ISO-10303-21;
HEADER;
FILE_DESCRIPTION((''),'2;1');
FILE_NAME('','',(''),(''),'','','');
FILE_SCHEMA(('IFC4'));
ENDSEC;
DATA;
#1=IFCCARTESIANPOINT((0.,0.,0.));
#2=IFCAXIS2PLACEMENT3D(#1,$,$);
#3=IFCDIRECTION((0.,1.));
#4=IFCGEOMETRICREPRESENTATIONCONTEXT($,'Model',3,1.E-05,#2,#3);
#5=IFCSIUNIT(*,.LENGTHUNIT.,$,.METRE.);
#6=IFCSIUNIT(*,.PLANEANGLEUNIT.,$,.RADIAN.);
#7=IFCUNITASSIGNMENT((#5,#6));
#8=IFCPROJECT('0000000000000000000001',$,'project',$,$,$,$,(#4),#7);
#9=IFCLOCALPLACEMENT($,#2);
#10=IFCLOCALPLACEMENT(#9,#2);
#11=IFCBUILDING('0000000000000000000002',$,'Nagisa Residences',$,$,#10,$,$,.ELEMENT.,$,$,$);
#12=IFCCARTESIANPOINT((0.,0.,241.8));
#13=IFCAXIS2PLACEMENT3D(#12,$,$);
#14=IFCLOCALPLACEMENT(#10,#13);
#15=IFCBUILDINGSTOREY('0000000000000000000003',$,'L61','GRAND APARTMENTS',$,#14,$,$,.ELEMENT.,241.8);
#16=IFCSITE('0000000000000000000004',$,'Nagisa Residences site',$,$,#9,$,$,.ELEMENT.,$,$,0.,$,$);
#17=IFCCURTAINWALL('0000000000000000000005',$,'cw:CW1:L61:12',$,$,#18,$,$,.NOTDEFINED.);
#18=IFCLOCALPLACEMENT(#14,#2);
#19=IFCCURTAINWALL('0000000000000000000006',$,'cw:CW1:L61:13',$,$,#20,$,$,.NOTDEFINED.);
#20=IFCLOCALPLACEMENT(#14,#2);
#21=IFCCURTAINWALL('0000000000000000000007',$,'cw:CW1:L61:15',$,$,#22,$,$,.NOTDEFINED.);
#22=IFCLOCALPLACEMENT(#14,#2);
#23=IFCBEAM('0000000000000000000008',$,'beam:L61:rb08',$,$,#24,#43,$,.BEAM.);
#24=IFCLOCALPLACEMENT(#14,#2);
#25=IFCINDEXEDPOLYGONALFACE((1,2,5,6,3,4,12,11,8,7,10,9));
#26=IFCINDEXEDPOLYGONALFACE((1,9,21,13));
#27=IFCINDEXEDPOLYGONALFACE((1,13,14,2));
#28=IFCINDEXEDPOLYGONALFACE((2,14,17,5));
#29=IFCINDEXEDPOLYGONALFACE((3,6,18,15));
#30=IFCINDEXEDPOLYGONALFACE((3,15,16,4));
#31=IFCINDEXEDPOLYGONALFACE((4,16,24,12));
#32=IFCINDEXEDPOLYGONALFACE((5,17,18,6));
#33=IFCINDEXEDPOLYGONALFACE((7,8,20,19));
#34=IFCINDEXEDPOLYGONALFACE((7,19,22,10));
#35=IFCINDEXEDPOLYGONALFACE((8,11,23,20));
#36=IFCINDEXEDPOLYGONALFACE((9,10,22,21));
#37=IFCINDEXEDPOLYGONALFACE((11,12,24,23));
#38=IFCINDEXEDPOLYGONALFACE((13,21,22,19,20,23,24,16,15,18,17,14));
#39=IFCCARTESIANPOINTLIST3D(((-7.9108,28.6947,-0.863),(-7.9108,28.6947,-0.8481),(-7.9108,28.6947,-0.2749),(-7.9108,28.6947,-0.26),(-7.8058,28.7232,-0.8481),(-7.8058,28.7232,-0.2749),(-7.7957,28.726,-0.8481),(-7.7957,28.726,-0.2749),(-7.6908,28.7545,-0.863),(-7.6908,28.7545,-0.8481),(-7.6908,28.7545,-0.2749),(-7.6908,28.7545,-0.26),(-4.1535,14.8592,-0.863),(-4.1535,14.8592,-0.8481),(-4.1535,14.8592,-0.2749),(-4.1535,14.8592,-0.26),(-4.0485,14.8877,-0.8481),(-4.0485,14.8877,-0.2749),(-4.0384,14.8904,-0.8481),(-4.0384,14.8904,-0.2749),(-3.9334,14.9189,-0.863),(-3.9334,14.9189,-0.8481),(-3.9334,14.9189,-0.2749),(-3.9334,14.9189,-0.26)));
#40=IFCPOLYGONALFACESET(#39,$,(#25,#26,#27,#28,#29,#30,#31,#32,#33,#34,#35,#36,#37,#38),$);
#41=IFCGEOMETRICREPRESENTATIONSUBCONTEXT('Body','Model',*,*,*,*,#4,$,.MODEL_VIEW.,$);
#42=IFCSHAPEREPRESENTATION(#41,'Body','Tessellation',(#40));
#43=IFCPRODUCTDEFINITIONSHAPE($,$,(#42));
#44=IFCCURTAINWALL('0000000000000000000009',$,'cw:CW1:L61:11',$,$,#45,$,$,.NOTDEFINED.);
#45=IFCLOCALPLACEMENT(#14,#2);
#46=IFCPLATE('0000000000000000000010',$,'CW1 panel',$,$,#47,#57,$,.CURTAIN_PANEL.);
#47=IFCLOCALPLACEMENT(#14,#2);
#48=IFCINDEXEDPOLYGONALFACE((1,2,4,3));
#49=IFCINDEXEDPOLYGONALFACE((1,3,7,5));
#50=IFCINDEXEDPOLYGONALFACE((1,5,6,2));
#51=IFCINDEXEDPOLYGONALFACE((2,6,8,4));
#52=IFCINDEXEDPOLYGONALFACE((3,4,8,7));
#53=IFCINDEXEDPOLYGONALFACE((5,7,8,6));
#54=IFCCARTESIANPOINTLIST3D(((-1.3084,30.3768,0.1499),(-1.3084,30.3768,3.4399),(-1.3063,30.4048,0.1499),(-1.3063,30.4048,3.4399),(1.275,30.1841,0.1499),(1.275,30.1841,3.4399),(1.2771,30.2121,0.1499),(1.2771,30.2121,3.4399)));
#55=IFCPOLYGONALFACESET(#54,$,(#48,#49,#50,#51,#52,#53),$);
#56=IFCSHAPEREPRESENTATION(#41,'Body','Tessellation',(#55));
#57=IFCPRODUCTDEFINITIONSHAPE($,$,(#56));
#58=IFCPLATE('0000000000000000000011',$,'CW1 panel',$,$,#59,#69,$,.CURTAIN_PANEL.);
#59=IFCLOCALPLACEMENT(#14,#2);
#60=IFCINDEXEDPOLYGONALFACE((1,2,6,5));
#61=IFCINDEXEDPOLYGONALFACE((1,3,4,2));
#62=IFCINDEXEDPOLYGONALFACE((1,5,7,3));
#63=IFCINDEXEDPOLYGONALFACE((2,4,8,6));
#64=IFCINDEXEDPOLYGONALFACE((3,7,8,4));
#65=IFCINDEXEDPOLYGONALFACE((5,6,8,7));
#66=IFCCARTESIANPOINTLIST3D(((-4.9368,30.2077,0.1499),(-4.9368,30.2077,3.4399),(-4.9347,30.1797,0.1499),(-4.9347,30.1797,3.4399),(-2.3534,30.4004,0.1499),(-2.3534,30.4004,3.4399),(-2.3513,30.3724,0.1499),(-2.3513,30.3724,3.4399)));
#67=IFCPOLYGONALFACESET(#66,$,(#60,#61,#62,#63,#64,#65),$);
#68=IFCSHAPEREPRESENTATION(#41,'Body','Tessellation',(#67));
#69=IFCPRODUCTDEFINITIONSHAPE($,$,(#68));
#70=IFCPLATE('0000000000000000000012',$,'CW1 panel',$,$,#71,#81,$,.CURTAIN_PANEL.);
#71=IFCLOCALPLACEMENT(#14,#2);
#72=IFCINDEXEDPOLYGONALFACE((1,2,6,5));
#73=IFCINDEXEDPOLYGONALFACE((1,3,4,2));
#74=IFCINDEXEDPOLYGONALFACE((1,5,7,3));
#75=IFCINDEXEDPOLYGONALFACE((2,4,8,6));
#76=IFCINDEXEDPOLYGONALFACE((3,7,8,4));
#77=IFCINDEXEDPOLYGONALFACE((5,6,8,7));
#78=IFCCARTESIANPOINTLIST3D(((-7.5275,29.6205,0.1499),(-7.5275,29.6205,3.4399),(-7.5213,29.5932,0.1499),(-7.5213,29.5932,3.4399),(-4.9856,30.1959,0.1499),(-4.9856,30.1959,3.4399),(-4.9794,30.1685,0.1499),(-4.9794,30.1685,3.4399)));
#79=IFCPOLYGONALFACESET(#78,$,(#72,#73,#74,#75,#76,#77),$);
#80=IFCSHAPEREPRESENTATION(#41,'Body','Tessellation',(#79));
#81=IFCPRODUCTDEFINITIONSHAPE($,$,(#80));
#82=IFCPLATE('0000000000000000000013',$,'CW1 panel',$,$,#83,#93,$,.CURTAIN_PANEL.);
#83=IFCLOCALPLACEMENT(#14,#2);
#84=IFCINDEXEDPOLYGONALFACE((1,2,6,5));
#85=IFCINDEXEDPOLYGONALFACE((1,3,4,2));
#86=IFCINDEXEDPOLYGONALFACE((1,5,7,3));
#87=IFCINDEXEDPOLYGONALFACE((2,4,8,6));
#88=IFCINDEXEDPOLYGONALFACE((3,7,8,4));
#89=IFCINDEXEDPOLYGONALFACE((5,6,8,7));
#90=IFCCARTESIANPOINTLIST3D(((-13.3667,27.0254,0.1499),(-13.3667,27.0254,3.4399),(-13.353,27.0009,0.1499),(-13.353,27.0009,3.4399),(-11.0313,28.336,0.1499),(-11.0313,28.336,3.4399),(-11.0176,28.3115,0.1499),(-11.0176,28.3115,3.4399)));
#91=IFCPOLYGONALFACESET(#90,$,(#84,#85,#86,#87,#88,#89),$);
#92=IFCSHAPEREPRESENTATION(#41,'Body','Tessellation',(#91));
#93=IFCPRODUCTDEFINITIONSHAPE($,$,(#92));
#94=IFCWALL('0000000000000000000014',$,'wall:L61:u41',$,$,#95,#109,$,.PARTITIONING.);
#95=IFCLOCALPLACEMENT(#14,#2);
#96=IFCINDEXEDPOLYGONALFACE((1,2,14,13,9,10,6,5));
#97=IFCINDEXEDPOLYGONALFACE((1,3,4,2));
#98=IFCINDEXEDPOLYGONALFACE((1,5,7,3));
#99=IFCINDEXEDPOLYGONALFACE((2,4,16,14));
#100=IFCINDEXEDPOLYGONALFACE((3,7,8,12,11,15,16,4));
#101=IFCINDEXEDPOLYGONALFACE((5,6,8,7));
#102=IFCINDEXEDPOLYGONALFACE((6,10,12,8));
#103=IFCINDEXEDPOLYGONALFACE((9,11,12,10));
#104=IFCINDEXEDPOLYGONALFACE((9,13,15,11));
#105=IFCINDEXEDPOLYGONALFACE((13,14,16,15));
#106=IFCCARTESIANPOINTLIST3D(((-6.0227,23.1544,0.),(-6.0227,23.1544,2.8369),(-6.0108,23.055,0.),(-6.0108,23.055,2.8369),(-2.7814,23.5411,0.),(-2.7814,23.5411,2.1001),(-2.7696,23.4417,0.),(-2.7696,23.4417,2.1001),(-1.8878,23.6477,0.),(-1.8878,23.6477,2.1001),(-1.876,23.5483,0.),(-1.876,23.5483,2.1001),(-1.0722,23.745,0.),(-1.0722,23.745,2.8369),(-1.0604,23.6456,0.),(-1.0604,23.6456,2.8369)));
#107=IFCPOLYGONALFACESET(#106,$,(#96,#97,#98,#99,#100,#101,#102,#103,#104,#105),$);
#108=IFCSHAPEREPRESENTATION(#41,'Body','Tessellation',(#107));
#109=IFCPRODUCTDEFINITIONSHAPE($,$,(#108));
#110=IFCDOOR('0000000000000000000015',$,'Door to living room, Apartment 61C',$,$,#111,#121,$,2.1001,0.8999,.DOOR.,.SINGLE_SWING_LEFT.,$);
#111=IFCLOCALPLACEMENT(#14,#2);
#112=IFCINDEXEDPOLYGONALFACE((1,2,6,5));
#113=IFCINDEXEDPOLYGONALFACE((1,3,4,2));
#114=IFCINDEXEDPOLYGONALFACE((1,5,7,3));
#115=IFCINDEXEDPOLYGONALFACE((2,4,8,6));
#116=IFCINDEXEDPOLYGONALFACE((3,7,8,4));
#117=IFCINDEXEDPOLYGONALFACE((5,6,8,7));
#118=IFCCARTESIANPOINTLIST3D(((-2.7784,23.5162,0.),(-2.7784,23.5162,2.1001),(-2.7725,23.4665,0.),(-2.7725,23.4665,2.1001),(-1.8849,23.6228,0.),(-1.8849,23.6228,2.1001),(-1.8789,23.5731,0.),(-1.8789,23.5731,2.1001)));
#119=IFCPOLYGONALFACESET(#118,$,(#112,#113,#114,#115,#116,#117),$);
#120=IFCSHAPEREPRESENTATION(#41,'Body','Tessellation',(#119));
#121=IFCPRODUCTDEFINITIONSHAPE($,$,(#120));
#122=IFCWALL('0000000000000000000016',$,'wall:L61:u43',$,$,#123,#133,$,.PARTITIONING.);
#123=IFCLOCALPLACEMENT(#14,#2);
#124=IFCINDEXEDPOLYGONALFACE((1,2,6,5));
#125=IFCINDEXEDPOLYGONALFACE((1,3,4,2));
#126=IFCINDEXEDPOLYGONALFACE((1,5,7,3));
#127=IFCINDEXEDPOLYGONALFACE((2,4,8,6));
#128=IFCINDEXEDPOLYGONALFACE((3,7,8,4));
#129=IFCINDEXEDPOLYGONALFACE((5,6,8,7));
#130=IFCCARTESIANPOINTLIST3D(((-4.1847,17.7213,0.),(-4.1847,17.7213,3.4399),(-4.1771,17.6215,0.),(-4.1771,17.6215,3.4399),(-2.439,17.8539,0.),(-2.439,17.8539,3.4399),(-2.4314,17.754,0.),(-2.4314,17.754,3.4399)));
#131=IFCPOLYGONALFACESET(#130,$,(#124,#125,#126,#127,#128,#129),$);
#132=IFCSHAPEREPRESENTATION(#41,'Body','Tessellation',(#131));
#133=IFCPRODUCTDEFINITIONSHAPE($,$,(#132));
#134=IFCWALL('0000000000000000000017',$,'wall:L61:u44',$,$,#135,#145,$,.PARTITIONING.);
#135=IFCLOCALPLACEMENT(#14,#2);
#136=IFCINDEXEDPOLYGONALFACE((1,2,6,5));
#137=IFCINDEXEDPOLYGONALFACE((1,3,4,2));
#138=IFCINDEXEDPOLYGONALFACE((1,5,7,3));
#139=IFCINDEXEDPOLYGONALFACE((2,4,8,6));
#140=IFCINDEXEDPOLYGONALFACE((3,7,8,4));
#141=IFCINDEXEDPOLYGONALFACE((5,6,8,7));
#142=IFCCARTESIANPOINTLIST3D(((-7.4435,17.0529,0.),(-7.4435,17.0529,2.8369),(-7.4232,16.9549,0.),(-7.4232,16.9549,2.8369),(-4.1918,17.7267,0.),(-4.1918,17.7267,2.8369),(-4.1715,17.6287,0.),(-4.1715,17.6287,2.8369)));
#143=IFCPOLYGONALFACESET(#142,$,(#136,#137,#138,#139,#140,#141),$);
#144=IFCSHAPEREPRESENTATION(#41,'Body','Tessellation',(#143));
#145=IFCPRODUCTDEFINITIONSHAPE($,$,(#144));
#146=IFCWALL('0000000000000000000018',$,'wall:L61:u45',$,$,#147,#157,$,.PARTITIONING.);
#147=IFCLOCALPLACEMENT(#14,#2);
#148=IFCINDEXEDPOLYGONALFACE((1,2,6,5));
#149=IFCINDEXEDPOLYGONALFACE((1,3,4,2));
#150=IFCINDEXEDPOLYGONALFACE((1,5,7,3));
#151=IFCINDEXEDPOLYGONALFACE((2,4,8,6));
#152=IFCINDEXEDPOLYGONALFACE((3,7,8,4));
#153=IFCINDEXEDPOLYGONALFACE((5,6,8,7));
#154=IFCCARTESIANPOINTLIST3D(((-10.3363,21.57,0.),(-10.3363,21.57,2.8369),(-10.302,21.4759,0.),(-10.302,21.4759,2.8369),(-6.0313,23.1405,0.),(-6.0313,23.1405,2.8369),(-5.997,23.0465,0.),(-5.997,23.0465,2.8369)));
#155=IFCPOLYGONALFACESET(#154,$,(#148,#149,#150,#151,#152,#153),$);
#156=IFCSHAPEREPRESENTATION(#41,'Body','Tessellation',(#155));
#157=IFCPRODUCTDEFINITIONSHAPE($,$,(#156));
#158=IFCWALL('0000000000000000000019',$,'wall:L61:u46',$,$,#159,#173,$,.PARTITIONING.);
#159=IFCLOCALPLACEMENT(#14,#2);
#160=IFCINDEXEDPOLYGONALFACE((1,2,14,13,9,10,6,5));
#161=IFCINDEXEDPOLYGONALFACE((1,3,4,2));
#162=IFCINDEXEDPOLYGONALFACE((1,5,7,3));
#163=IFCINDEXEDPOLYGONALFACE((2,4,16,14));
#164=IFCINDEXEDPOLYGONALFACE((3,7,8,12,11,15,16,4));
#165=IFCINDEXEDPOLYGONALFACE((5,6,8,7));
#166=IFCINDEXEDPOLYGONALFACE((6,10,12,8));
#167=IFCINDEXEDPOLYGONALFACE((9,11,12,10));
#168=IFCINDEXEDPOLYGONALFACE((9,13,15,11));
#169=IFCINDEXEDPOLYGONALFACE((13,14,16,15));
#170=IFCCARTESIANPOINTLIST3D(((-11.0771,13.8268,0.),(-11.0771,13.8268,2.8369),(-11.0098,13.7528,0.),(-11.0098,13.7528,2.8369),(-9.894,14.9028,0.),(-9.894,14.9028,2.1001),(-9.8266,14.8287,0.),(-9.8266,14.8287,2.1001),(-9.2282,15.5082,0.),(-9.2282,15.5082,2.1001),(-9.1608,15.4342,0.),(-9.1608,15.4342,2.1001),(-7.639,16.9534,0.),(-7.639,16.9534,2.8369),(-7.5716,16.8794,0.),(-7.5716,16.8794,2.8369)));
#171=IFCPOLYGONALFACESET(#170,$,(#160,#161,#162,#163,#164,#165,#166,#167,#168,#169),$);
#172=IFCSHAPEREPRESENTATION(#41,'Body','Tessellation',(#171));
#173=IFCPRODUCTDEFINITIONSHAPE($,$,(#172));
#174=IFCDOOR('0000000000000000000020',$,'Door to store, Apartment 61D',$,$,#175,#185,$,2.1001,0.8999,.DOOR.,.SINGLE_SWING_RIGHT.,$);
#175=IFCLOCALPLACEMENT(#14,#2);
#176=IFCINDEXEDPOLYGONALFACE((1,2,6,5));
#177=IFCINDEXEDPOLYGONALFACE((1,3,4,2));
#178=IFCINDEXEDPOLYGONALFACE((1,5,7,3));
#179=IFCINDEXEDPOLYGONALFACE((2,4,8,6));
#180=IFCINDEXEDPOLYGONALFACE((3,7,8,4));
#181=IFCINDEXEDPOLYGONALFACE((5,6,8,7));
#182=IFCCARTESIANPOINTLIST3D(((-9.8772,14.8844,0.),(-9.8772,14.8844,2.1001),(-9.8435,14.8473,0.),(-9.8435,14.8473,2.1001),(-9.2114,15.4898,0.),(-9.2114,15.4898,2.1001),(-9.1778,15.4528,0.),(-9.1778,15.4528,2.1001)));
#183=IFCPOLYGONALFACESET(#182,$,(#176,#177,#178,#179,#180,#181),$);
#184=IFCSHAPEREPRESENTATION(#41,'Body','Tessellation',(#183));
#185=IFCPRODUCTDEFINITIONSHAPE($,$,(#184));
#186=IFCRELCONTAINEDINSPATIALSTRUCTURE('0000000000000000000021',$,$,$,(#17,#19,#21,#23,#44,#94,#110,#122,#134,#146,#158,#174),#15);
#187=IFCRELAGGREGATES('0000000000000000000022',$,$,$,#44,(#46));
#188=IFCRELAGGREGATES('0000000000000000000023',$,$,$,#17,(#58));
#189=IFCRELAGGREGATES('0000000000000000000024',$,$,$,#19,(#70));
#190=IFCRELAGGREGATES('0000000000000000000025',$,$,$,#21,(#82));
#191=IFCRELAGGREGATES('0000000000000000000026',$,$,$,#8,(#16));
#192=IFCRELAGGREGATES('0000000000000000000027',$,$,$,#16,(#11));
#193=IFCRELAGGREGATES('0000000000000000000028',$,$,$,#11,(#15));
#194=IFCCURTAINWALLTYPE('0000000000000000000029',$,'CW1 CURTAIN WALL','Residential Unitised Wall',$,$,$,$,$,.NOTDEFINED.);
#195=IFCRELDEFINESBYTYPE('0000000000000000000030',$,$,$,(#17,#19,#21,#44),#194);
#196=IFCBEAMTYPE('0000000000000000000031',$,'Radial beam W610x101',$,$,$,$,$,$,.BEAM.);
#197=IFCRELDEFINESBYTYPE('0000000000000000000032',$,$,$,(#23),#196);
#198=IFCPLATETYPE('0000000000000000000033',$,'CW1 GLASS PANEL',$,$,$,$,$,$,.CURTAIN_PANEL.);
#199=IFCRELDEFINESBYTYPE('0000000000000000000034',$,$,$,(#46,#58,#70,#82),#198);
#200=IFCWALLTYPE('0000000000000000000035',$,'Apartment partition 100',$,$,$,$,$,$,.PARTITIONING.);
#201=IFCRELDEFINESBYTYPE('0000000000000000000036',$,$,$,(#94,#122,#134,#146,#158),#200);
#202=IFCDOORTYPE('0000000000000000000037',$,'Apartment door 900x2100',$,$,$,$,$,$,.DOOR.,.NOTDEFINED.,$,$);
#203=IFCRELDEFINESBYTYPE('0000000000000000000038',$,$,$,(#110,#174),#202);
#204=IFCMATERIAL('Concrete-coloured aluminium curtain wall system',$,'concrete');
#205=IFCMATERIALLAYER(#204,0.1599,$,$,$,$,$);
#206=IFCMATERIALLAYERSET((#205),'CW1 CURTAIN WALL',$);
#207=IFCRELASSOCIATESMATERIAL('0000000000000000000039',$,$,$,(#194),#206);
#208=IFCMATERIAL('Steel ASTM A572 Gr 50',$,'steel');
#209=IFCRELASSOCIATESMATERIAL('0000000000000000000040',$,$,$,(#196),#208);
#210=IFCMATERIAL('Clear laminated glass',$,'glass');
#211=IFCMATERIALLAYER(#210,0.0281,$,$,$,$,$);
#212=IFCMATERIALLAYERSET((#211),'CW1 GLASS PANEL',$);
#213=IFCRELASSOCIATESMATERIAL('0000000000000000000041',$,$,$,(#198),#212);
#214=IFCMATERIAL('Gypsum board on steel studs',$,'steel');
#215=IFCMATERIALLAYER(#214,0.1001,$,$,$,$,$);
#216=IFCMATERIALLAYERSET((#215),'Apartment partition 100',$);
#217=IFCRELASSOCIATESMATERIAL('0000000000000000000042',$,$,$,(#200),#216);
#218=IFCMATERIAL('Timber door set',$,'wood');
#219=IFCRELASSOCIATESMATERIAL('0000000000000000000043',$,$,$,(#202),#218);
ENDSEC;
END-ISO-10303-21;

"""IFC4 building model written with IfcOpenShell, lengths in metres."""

from ifc_helpers import new_model, si_unit, direction, frame, frame_2d, origin, origin_2d, place, context, subcontext, project, spatial, rectangle, i_section, extrude, material, layer, layer_set, material_profile, profile_set, type_object, element, fill, aggregate, save


model = new_model("IFC4")

# Units and contexts
model_context = context("Model", 3, precision=1e-05, world=origin(), true_north=direction((0.0, 1.0)))
body_context = subcontext(model_context, "Body", "Model", "MODEL_VIEW")
ifc_project = project(units=[si_unit("LENGTHUNIT", "METRE"), si_unit("PLANEANGLEUNIT", "RADIAN")], contexts=[model_context])

# Site, building, storey
site_placement = place(None, origin())
site = spatial("IfcSite", under=ifc_project, at=site_placement, Name="Nagisa Residences site", CompositionType="ELEMENT", RefElevation=0.0)
building_placement = place(site_placement, origin())
building = spatial("IfcBuilding", under=site, at=building_placement, Name="Nagisa Residences", CompositionType="ELEMENT")
storey_placement = place(building_placement, frame((0.0, 0.0, 241.8)))
storey = spatial("IfcBuildingStorey", under=building, at=storey_placement, Name="L61", Description="GRAND APARTMENTS", CompositionType="ELEMENT", Elevation=241.8)

# Curtain walls
ifc_material_1 = material(Name="Concrete-coloured aluminium curtain wall system", Category="concrete")
ifc_layer_1 = layer(ifc_material_1, 0.1599)
ifc_layer_set_1 = layer_set([ifc_layer_1], Name="CW1 CURTAIN WALL")
curtain_wall_type = type_object("IfcCurtainWallType", Name="CW1 CURTAIN WALL", Description="Residential Unitised Wall", PredefinedType="NOTDEFINED", material=ifc_layer_set_1)
curtain_wall_1_placement = place(storey_placement, origin())
curtain_wall_1 = element("IfcCurtainWall", 1, at=curtain_wall_1_placement, inside=storey, type_object=curtain_wall_type, Name="cw:CW1:L61:12", PredefinedType="NOTDEFINED")
curtain_wall_2_placement = place(storey_placement, origin())
curtain_wall_2 = element("IfcCurtainWall", 2, at=curtain_wall_2_placement, inside=storey, type_object=curtain_wall_type, Name="cw:CW1:L61:13", PredefinedType="NOTDEFINED")
curtain_wall_3_placement = place(storey_placement, origin())
curtain_wall_3 = element("IfcCurtainWall", 3, at=curtain_wall_3_placement, inside=storey, type_object=curtain_wall_type, Name="cw:CW1:L61:15", PredefinedType="NOTDEFINED")

# Beam
ifc_material_2 = material(Name="Steel ASTM A572 Gr 50", Category="steel")
ifc_material_profile_1 = material_profile(ifc_material_2, i_section(OverallWidth=0.228, OverallDepth=0.603, WebThickness=0.0105, FlangeThickness=0.0149, at=origin_2d()), Name="W610x101")
ifc_profile_set_1 = profile_set([ifc_material_profile_1], Name="Steel ASTM A572 Gr 50")
beam_type_1 = type_object("IfcBeamType", Name="Radial beam W610x101", PredefinedType="BEAM", material=ifc_profile_set_1)
beam_1_placement = place(storey_placement, frame((-7.8008, 28.7246, -0.5615), z_axis=(0.26208, -0.965046, 0.0), x_axis=(0.965046, 0.26208, 0.0)))
element("IfcBeam", 4, at=beam_1_placement, inside=storey, type_object=beam_type_1, Name="beam:L61:rb08", PredefinedType="BEAM", context=body_context, shape_type="SweptSolid", body=[
    extrude(i_section(OverallWidth=0.228, OverallDepth=0.603, WebThickness=0.0105, FlangeThickness=0.0149, at=origin_2d()), origin(), (0.0, 0.0, 1.0), 14.3367),
])

# Curtain wall, plate
curtain_wall_4_placement = place(storey_placement, origin())
curtain_wall_4 = element("IfcCurtainWall", 5, at=curtain_wall_4_placement, inside=storey, type_object=curtain_wall_type, Name="cw:CW1:L61:11", PredefinedType="NOTDEFINED")
ifc_material_3 = material(Name="Clear laminated glass", Category="glass")
ifc_layer_2 = layer(ifc_material_3, 0.0281)
ifc_layer_set_2 = layer_set([ifc_layer_2], Name="CW1 GLASS PANEL")
plate_type = type_object("IfcPlateType", Name="CW1 GLASS PANEL", PredefinedType="CURTAIN_PANEL", material=ifc_layer_set_2)
plate_1_placement = place(storey_placement, frame((-0.0156, 30.2944, 0.1499), z_axis=(0.0, 0.0, 1.0), x_axis=(-0.99723, 0.074377, 0.0)))
plate_1 = element("IfcPlate", 6, at=plate_1_placement, type_object=plate_type, Name="CW1 panel", PredefinedType="CURTAIN_PANEL", context=body_context, shape_type="SweptSolid", body=[
    extrude(rectangle(XDim=2.5906, YDim=0.0281, at=origin_2d()), origin(), (0.0, 0.0, 1.0), 3.29),
])
aggregate(curtain_wall_4, [plate_1])

# Plates
plate_2_placement = place(storey_placement, frame((-3.644, 30.29, 0.1499), z_axis=(0.0, 0.0, 1.0), x_axis=(-0.99723, -0.074377, 0.0)))
plate_2 = element("IfcPlate", 7, at=plate_2_placement, type_object=plate_type, Name="CW1 panel", PredefinedType="CURTAIN_PANEL", context=body_context, shape_type="SweptSolid", body=[
    extrude(rectangle(XDim=2.5906, YDim=0.0281, at=origin_2d()), origin(), (0.0, 0.0, 1.0), 3.29),
])
aggregate(curtain_wall_1, [plate_2])
plate_3_placement = place(storey_placement, frame((-6.2534, 29.8945, 0.1499), z_axis=(0.0, 0.0, 1.0), x_axis=(-0.975327, -0.220764, 0.0)))
plate_3 = element("IfcPlate", 8, at=plate_3_placement, type_object=plate_type, Name="CW1 panel", PredefinedType="CURTAIN_PANEL", context=body_context, shape_type="SweptSolid", body=[
    extrude(rectangle(XDim=2.6062, YDim=0.0281, at=origin_2d()), origin(), (0.0, 0.0, 1.0), 3.29),
])
aggregate(curtain_wall_2, [plate_3])
plate_4_placement = place(storey_placement, frame((-12.1921, 27.6685, 0.1499), z_axis=(0.0, 0.0, 1.0), x_axis=(-0.872072, -0.489377, 0.0)))
plate_4 = element("IfcPlate", 9, at=plate_4_placement, type_object=plate_type, Name="CW1 panel", PredefinedType="CURTAIN_PANEL", context=body_context, shape_type="SweptSolid", body=[
    extrude(rectangle(XDim=2.678, YDim=0.0281, at=origin_2d()), origin(), (0.0, 0.0, 1.0), 3.29),
])
aggregate(curtain_wall_3, [plate_4])

# Wall, opening, door
ifc_material_4 = material(Name="Gypsum board on steel studs", Category="steel")
ifc_layer_3 = layer(ifc_material_4, 0.1001)
ifc_layer_set_3 = layer_set([ifc_layer_3], Name="Apartment partition 100")
wall_type_1 = type_object("IfcWallType", Name="Apartment partition 100", PredefinedType="PARTITIONING", material=ifc_layer_set_3)
wall_1_placement = place(storey_placement, frame((-1.0664, 23.6953, 0.0), z_axis=(0.0, 0.0, 1.0), x_axis=(-0.992959, -0.118458, 0.0)))
wall_1 = element("IfcWall", 10, at=wall_1_placement, inside=storey, type_object=wall_type_1, Name="wall:L61:u41", PredefinedType="PARTITIONING", context=body_context, shape_type="SweptSolid", body=[
    extrude(rectangle(XDim=4.9856, YDim=0.1001, at=frame_2d((2.4927, 0.0))), origin(), (0.0, 0.0, 1.0), 2.8369),
])
opening_1_placement = place(wall_1_placement, frame((0.8213, 0.0, 0.0)))
opening_1 = element("IfcOpeningElement", 11, at=opening_1_placement, cuts=wall_1, PredefinedType="OPENING", context=body_context, shape_type="SweptSolid", body=[
    extrude(rectangle(XDim=0.8999, YDim=2.1001, at=frame_2d((0.45, 1.05))), frame((0.0, 0.0601, 0.0), z_axis=(0.0, -1.0, 0.0), x_axis=(1.0, 0.0, 0.0)), (0.0, 0.0, 1.0), 0.1201),
])
ifc_material_5 = material(Name="Timber door set", Category="wood")
door_type_1 = type_object("IfcDoorType", Name="Apartment door 900x2100", OperationType="NOTDEFINED", PredefinedType="DOOR", material=ifc_material_5)
door_1_placement = place(opening_1_placement, frame((0.8999, 0.0, 0.0), x_axis=(-1.0, 0.0, 0.0)))
door_1 = element("IfcDoor", 12, at=door_1_placement, inside=storey, type_object=door_type_1, Name="Door to living room, Apartment 61C", OperationType="SINGLE_SWING_LEFT", OverallHeight=2.1001, OverallWidth=0.8999, PredefinedType="DOOR", context=body_context, shape_type="SweptSolid", body=[
    extrude(rectangle(XDim=0.8999, YDim=2.1001, at=frame_2d((0.45, 1.05))), frame((0.0, 0.0249, 0.0), z_axis=(0.0, -1.0, 0.0), x_axis=(1.0, 0.0, 0.0)), (0.0, 0.0, 1.0), 0.05),
])
fill(opening_1, door_1)

# Walls
wall_2_placement = place(storey_placement, frame((-2.4351, 17.804, 0.0), z_axis=(0.0, 0.0, 1.0), x_axis=(-0.997129, -0.075726, 0.0)))
element("IfcWall", 13, at=wall_2_placement, inside=storey, type_object=wall_type_1, Name="wall:L61:u43", PredefinedType="PARTITIONING", context=body_context, shape_type="SweptSolid", body=[
    extrude(rectangle(XDim=1.7507, YDim=0.1001, at=frame_2d((0.8755, 0.0))), origin(), (0.0, 0.0, 1.0), 3.4399),
])
wall_3_placement = place(storey_placement, frame((-4.1816, 17.6777, 0.0), z_axis=(0.0, 0.0, 1.0), x_axis=(-0.979197, -0.202912, 0.0)))
element("IfcWall", 14, at=wall_3_placement, inside=storey, type_object=wall_type_1, Name="wall:L61:u44", PredefinedType="PARTITIONING", context=body_context, shape_type="SweptSolid", body=[
    extrude(rectangle(XDim=3.3208, YDim=0.1001, at=frame_2d((1.6604, 0.0))), origin(), (0.0, 0.0, 1.0), 2.8369),
])
wall_4_placement = place(storey_placement, frame((-6.0142, 23.0935, 0.0), z_axis=(0.0, 0.0, 1.0), x_axis=(-0.939434, -0.342731, 0.0)))
element("IfcWall", 15, at=wall_4_placement, inside=storey, type_object=wall_type_1, Name="wall:L61:u45", PredefinedType="PARTITIONING", context=body_context, shape_type="SweptSolid", body=[
    extrude(rectangle(XDim=4.5825, YDim=0.1001, at=frame_2d((2.2913, 0.0))), origin(), (0.0, 0.0, 1.0), 2.8369),
])

# Wall, opening, door
wall_5_placement = place(storey_placement, frame((-7.6052, 16.9165, 0.0), z_axis=(0.0, 0.0, 1.0), x_axis=(-0.739828, -0.672796, 0.0)))
wall_5 = element("IfcWall", 16, at=wall_5_placement, inside=storey, type_object=wall_type_1, Name="wall:L61:u46", PredefinedType="PARTITIONING", context=body_context, shape_type="SweptSolid", body=[
    extrude(rectangle(XDim=4.6472, YDim=0.1001, at=frame_2d((2.3237, 0.0))), origin(), (0.0, 0.0, 1.0), 2.8369),
])
opening_2_placement = place(wall_5_placement, frame((2.1482, 0.0, 0.0)))
opening_2 = element("IfcOpeningElement", 17, at=opening_2_placement, cuts=wall_5, PredefinedType="OPENING", context=body_context, shape_type="SweptSolid", body=[
    extrude(rectangle(XDim=0.8999, YDim=2.1001, at=frame_2d((0.45, 1.05))), frame((0.0, 0.0601, 0.0), z_axis=(0.0, -1.0, 0.0), x_axis=(1.0, 0.0, 0.0)), (0.0, 0.0, 1.0), 0.1201),
])
door_2_placement = place(opening_2_placement, origin())
door_2 = element("IfcDoor", 18, at=door_2_placement, inside=storey, type_object=door_type_1, Name="Door to store, Apartment 61D", OperationType="SINGLE_SWING_RIGHT", OverallHeight=2.1001, OverallWidth=0.8999, PredefinedType="DOOR", context=body_context, shape_type="SweptSolid", body=[
    extrude(rectangle(XDim=0.8999, YDim=2.1001, at=frame_2d((0.45, 1.05))), frame((0.0, 0.0249, 0.0), z_axis=(0.0, -1.0, 0.0), x_axis=(1.0, 0.0, 0.0)), (0.0, 0.0, 1.0), 0.05),
])
fill(opening_2, door_2)

save(model, "model.ifc")
